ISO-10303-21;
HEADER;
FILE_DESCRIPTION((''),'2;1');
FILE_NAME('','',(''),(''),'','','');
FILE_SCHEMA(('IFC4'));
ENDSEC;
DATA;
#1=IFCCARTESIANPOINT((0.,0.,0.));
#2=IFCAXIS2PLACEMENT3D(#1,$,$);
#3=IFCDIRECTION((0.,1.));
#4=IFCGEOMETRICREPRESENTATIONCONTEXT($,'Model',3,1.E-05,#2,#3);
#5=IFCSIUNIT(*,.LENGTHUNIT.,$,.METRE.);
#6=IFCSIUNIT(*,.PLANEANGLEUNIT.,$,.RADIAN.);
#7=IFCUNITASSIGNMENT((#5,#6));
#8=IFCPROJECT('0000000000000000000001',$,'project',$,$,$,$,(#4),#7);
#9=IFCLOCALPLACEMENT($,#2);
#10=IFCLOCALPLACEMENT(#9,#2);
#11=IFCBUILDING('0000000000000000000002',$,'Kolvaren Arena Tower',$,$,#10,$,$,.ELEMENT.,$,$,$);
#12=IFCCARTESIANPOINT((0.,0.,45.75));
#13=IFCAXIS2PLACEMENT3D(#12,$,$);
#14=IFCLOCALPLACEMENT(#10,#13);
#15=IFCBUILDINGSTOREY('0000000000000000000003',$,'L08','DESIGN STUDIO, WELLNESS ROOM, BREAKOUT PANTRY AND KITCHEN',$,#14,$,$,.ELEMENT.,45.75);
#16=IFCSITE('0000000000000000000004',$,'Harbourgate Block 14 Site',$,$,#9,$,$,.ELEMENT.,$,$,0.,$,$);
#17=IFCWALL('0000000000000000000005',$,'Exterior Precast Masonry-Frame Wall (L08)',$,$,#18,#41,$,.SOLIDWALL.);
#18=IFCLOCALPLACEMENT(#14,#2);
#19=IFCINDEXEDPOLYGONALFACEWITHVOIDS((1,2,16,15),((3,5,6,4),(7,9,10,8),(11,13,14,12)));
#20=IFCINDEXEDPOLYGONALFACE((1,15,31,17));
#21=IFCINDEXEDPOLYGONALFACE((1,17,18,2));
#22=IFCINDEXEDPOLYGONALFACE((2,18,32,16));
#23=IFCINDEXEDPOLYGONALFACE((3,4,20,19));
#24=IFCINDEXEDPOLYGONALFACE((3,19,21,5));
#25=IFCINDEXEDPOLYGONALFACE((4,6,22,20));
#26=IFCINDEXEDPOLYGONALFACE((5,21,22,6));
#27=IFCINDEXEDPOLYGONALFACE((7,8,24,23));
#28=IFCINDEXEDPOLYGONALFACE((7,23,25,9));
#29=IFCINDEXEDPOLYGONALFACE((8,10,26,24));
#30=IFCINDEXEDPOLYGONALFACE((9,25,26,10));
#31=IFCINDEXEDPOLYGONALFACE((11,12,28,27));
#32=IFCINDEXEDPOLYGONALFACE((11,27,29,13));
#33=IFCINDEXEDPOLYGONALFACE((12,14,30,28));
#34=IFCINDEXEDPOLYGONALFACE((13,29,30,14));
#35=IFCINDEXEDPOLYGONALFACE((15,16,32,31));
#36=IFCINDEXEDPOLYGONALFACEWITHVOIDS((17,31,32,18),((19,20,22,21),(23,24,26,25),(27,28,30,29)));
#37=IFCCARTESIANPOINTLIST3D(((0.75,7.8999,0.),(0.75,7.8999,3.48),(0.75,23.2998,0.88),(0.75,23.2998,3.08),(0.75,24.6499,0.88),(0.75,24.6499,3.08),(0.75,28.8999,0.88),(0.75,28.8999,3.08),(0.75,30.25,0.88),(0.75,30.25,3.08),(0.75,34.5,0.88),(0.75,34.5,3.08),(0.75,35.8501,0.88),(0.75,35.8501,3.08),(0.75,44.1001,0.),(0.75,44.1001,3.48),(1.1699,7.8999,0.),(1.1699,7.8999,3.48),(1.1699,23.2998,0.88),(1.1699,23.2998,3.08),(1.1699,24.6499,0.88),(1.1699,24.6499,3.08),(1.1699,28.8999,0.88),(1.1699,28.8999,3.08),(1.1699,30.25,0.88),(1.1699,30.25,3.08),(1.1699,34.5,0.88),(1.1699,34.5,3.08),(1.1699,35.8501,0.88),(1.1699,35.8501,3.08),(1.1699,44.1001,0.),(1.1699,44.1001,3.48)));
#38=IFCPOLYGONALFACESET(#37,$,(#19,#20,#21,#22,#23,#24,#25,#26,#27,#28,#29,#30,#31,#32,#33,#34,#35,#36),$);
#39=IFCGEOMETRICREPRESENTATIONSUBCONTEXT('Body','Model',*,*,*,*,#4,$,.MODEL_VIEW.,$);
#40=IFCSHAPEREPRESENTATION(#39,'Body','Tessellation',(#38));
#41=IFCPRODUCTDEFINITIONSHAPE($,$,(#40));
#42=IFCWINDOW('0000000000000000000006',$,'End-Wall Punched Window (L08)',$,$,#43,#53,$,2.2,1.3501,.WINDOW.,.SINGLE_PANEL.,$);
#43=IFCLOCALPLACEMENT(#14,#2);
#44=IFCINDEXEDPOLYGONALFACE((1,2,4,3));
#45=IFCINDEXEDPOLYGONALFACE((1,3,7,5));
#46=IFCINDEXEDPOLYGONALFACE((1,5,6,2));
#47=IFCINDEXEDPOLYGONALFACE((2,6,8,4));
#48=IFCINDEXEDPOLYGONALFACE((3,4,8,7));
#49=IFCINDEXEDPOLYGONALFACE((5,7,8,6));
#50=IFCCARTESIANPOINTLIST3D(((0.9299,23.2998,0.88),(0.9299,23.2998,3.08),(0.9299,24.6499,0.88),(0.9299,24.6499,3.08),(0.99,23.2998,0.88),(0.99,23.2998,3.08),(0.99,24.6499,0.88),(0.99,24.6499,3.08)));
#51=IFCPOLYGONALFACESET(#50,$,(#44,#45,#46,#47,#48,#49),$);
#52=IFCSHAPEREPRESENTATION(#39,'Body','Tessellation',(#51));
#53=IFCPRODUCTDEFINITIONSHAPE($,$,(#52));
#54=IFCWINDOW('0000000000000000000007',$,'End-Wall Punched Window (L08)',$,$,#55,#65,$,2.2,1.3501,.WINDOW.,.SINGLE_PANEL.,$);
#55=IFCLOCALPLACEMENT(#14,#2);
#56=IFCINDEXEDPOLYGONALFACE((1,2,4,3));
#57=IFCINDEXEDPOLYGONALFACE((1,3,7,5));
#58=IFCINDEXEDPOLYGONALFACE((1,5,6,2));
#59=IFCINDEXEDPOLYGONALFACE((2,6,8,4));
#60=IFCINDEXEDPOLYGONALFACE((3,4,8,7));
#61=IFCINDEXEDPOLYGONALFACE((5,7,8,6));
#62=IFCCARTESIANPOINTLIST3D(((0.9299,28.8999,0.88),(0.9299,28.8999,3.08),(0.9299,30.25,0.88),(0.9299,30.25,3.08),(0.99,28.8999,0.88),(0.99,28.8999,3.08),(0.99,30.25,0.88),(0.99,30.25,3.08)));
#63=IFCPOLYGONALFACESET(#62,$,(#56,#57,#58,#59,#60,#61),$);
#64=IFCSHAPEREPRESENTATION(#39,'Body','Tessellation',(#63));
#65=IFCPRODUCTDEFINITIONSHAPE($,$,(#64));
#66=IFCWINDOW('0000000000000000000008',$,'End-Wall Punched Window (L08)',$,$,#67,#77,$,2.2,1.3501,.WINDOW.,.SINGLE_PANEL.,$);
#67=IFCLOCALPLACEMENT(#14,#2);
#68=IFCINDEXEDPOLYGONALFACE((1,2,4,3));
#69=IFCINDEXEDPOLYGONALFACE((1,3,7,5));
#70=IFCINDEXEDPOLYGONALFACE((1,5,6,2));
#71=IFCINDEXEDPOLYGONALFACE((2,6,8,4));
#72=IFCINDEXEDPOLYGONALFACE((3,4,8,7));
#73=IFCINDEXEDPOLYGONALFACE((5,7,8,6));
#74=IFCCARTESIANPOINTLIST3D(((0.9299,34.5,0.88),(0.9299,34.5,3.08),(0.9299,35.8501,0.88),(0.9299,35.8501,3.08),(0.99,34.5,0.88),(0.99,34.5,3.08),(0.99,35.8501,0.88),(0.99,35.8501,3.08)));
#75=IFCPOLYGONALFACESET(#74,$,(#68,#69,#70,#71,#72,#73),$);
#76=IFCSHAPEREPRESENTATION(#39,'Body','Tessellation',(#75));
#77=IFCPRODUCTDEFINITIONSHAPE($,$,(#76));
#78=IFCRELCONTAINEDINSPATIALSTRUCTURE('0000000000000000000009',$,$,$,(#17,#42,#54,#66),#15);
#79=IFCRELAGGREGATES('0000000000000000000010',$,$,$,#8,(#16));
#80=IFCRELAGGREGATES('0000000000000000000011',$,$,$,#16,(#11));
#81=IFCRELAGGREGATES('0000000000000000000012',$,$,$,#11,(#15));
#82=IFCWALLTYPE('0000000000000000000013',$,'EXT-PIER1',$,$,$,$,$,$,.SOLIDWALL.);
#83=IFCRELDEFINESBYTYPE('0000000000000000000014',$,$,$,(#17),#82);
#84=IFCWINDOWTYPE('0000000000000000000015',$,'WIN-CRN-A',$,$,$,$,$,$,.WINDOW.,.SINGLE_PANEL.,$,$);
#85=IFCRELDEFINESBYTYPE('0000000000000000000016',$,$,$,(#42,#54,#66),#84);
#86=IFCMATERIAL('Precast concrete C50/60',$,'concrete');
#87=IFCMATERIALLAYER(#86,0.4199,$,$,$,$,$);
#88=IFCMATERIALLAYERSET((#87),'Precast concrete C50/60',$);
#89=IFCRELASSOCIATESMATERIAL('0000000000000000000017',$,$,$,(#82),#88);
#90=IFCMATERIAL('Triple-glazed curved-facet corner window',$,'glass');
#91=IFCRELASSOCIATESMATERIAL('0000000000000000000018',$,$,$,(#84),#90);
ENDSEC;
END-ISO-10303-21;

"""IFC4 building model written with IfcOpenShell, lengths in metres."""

from ifc_helpers import new_model, si_unit, direction, frame, frame_2d, origin, place, context, subcontext, project, spatial, rectangle, extrude, material, layer, layer_set, type_object, element, fill, save


model = new_model("IFC4")

# Units and contexts
model_context = context("Model", 3, precision=1e-05, world=origin(), true_north=direction((0.0, 1.0)))
body_context = subcontext(model_context, "Body", "Model", "MODEL_VIEW")
ifc_project = project(units=[si_unit("LENGTHUNIT", "METRE"), si_unit("PLANEANGLEUNIT", "RADIAN")], contexts=[model_context])

# Site, building, storey
site_placement = place(None, origin())
site = spatial("IfcSite", under=ifc_project, at=site_placement, Name="Harbourgate Block 14 Site", CompositionType="ELEMENT", RefElevation=0.0)
building_placement = place(site_placement, origin())
building = spatial("IfcBuilding", under=site, at=building_placement, Name="Kolvaren Arena Tower", CompositionType="ELEMENT")
storey_placement = place(building_placement, frame((0.0, 0.0, 45.75)))
storey = spatial("IfcBuildingStorey", under=building, at=storey_placement, Name="L08", Description="DESIGN STUDIO, WELLNESS ROOM, BREAKOUT PANTRY AND KITCHEN", CompositionType="ELEMENT", Elevation=45.75)

# Wall, openings, windows
ifc_material_1 = material(Name="Precast concrete C50/60", Category="concrete")
ifc_layer_1 = layer(ifc_material_1, 0.4199)
ifc_layer_set_1 = layer_set([ifc_layer_1], Name="Precast concrete C50/60")
wall_type_1 = type_object("IfcWallType", Name="EXT-PIER1", PredefinedType="SOLIDWALL", material=ifc_layer_set_1)
wall_1_placement = place(storey_placement, frame((0.96, 7.8999, 0.0), z_axis=(0.0, 0.0, 1.0), x_axis=(0.0, 1.0, 0.0)))
wall_1 = element("IfcWall", 1, at=wall_1_placement, inside=storey, type_object=wall_type_1, Name="Exterior Precast Masonry-Frame Wall (L08)", PredefinedType="SOLIDWALL", context=body_context, shape_type="SweptSolid", body=[
    extrude(rectangle(XDim=36.2002, YDim=0.4199, at=frame_2d((18.1001, 0.0))), origin(), (0.0, 0.0, 1.0), 3.48),
])
opening_1_placement = place(wall_1_placement, frame((15.3999, 0.0, 0.8799)))
opening_1 = element("IfcOpeningElement", 2, at=opening_1_placement, cuts=wall_1, PredefinedType="OPENING", context=body_context, shape_type="SweptSolid", body=[
    extrude(rectangle(XDim=1.3501, YDim=2.2, at=frame_2d((0.675, 1.1001))), frame((0.0, 0.22, 0.0), z_axis=(0.0, -1.0, 0.0), x_axis=(1.0, 0.0, 0.0)), (0.0, 0.0, 1.0), 0.4399),
])
opening_2_placement = place(wall_1_placement, frame((21.0, 0.0, 0.8799)))
opening_2 = element("IfcOpeningElement", 3, at=opening_2_placement, cuts=wall_1, PredefinedType="OPENING", context=body_context, shape_type="SweptSolid", body=[
    extrude(rectangle(XDim=1.3501, YDim=2.2, at=frame_2d((0.675, 1.1001))), frame((0.0, 0.22, 0.0), z_axis=(0.0, -1.0, 0.0), x_axis=(1.0, 0.0, 0.0)), (0.0, 0.0, 1.0), 0.4399),
])
opening_3_placement = place(wall_1_placement, frame((26.6001, 0.0, 0.8799)))
opening_3 = element("IfcOpeningElement", 4, at=opening_3_placement, cuts=wall_1, PredefinedType="OPENING", context=body_context, shape_type="SweptSolid", body=[
    extrude(rectangle(XDim=1.3501, YDim=2.2, at=frame_2d((0.675, 1.1001))), frame((0.0, 0.22, 0.0), z_axis=(0.0, -1.0, 0.0), x_axis=(1.0, 0.0, 0.0)), (0.0, 0.0, 1.0), 0.4399),
])
ifc_material_2 = material(Name="Triple-glazed curved-facet corner window", Category="glass")
window_type = type_object("IfcWindowType", Name="WIN-CRN-A", PartitioningType="SINGLE_PANEL", PredefinedType="WINDOW", material=ifc_material_2)
window_1_placement = place(opening_1_placement, origin())
window_1 = element("IfcWindow", 5, at=window_1_placement, inside=storey, type_object=window_type, Name="End-Wall Punched Window (L08)", OverallHeight=2.2, OverallWidth=1.3501, PartitioningType="SINGLE_PANEL", PredefinedType="WINDOW", context=body_context, shape_type="SweptSolid", body=[
    extrude(rectangle(XDim=1.3501, YDim=2.2, at=frame_2d((0.675, 1.1001))), frame((0.0, 0.03, 0.0), z_axis=(0.0, -1.0, 0.0), x_axis=(1.0, 0.0, 0.0)), (0.0, 0.0, 1.0), 0.0601),
])
fill(opening_1, window_1)
window_2_placement = place(opening_2_placement, origin())
window_2 = element("IfcWindow", 6, at=window_2_placement, inside=storey, type_object=window_type, Name="End-Wall Punched Window (L08)", OverallHeight=2.2, OverallWidth=1.3501, PartitioningType="SINGLE_PANEL", PredefinedType="WINDOW", context=body_context, shape_type="SweptSolid", body=[
    extrude(rectangle(XDim=1.3501, YDim=2.2, at=frame_2d((0.675, 1.1001))), frame((0.0, 0.03, 0.0), z_axis=(0.0, -1.0, 0.0), x_axis=(1.0, 0.0, 0.0)), (0.0, 0.0, 1.0), 0.0601),
])
fill(opening_2, window_2)
window_3_placement = place(opening_3_placement, origin())
window_3 = element("IfcWindow", 7, at=window_3_placement, inside=storey, type_object=window_type, Name="End-Wall Punched Window (L08)", OverallHeight=2.2, OverallWidth=1.3501, PartitioningType="SINGLE_PANEL", PredefinedType="WINDOW", context=body_context, shape_type="SweptSolid", body=[
    extrude(rectangle(XDim=1.3501, YDim=2.2, at=frame_2d((0.675, 1.1001))), frame((0.0, 0.03, 0.0), z_axis=(0.0, -1.0, 0.0), x_axis=(1.0, 0.0, 0.0)), (0.0, 0.0, 1.0), 0.0601),
])
fill(opening_3, window_3)

save(model, "model.ifc")
